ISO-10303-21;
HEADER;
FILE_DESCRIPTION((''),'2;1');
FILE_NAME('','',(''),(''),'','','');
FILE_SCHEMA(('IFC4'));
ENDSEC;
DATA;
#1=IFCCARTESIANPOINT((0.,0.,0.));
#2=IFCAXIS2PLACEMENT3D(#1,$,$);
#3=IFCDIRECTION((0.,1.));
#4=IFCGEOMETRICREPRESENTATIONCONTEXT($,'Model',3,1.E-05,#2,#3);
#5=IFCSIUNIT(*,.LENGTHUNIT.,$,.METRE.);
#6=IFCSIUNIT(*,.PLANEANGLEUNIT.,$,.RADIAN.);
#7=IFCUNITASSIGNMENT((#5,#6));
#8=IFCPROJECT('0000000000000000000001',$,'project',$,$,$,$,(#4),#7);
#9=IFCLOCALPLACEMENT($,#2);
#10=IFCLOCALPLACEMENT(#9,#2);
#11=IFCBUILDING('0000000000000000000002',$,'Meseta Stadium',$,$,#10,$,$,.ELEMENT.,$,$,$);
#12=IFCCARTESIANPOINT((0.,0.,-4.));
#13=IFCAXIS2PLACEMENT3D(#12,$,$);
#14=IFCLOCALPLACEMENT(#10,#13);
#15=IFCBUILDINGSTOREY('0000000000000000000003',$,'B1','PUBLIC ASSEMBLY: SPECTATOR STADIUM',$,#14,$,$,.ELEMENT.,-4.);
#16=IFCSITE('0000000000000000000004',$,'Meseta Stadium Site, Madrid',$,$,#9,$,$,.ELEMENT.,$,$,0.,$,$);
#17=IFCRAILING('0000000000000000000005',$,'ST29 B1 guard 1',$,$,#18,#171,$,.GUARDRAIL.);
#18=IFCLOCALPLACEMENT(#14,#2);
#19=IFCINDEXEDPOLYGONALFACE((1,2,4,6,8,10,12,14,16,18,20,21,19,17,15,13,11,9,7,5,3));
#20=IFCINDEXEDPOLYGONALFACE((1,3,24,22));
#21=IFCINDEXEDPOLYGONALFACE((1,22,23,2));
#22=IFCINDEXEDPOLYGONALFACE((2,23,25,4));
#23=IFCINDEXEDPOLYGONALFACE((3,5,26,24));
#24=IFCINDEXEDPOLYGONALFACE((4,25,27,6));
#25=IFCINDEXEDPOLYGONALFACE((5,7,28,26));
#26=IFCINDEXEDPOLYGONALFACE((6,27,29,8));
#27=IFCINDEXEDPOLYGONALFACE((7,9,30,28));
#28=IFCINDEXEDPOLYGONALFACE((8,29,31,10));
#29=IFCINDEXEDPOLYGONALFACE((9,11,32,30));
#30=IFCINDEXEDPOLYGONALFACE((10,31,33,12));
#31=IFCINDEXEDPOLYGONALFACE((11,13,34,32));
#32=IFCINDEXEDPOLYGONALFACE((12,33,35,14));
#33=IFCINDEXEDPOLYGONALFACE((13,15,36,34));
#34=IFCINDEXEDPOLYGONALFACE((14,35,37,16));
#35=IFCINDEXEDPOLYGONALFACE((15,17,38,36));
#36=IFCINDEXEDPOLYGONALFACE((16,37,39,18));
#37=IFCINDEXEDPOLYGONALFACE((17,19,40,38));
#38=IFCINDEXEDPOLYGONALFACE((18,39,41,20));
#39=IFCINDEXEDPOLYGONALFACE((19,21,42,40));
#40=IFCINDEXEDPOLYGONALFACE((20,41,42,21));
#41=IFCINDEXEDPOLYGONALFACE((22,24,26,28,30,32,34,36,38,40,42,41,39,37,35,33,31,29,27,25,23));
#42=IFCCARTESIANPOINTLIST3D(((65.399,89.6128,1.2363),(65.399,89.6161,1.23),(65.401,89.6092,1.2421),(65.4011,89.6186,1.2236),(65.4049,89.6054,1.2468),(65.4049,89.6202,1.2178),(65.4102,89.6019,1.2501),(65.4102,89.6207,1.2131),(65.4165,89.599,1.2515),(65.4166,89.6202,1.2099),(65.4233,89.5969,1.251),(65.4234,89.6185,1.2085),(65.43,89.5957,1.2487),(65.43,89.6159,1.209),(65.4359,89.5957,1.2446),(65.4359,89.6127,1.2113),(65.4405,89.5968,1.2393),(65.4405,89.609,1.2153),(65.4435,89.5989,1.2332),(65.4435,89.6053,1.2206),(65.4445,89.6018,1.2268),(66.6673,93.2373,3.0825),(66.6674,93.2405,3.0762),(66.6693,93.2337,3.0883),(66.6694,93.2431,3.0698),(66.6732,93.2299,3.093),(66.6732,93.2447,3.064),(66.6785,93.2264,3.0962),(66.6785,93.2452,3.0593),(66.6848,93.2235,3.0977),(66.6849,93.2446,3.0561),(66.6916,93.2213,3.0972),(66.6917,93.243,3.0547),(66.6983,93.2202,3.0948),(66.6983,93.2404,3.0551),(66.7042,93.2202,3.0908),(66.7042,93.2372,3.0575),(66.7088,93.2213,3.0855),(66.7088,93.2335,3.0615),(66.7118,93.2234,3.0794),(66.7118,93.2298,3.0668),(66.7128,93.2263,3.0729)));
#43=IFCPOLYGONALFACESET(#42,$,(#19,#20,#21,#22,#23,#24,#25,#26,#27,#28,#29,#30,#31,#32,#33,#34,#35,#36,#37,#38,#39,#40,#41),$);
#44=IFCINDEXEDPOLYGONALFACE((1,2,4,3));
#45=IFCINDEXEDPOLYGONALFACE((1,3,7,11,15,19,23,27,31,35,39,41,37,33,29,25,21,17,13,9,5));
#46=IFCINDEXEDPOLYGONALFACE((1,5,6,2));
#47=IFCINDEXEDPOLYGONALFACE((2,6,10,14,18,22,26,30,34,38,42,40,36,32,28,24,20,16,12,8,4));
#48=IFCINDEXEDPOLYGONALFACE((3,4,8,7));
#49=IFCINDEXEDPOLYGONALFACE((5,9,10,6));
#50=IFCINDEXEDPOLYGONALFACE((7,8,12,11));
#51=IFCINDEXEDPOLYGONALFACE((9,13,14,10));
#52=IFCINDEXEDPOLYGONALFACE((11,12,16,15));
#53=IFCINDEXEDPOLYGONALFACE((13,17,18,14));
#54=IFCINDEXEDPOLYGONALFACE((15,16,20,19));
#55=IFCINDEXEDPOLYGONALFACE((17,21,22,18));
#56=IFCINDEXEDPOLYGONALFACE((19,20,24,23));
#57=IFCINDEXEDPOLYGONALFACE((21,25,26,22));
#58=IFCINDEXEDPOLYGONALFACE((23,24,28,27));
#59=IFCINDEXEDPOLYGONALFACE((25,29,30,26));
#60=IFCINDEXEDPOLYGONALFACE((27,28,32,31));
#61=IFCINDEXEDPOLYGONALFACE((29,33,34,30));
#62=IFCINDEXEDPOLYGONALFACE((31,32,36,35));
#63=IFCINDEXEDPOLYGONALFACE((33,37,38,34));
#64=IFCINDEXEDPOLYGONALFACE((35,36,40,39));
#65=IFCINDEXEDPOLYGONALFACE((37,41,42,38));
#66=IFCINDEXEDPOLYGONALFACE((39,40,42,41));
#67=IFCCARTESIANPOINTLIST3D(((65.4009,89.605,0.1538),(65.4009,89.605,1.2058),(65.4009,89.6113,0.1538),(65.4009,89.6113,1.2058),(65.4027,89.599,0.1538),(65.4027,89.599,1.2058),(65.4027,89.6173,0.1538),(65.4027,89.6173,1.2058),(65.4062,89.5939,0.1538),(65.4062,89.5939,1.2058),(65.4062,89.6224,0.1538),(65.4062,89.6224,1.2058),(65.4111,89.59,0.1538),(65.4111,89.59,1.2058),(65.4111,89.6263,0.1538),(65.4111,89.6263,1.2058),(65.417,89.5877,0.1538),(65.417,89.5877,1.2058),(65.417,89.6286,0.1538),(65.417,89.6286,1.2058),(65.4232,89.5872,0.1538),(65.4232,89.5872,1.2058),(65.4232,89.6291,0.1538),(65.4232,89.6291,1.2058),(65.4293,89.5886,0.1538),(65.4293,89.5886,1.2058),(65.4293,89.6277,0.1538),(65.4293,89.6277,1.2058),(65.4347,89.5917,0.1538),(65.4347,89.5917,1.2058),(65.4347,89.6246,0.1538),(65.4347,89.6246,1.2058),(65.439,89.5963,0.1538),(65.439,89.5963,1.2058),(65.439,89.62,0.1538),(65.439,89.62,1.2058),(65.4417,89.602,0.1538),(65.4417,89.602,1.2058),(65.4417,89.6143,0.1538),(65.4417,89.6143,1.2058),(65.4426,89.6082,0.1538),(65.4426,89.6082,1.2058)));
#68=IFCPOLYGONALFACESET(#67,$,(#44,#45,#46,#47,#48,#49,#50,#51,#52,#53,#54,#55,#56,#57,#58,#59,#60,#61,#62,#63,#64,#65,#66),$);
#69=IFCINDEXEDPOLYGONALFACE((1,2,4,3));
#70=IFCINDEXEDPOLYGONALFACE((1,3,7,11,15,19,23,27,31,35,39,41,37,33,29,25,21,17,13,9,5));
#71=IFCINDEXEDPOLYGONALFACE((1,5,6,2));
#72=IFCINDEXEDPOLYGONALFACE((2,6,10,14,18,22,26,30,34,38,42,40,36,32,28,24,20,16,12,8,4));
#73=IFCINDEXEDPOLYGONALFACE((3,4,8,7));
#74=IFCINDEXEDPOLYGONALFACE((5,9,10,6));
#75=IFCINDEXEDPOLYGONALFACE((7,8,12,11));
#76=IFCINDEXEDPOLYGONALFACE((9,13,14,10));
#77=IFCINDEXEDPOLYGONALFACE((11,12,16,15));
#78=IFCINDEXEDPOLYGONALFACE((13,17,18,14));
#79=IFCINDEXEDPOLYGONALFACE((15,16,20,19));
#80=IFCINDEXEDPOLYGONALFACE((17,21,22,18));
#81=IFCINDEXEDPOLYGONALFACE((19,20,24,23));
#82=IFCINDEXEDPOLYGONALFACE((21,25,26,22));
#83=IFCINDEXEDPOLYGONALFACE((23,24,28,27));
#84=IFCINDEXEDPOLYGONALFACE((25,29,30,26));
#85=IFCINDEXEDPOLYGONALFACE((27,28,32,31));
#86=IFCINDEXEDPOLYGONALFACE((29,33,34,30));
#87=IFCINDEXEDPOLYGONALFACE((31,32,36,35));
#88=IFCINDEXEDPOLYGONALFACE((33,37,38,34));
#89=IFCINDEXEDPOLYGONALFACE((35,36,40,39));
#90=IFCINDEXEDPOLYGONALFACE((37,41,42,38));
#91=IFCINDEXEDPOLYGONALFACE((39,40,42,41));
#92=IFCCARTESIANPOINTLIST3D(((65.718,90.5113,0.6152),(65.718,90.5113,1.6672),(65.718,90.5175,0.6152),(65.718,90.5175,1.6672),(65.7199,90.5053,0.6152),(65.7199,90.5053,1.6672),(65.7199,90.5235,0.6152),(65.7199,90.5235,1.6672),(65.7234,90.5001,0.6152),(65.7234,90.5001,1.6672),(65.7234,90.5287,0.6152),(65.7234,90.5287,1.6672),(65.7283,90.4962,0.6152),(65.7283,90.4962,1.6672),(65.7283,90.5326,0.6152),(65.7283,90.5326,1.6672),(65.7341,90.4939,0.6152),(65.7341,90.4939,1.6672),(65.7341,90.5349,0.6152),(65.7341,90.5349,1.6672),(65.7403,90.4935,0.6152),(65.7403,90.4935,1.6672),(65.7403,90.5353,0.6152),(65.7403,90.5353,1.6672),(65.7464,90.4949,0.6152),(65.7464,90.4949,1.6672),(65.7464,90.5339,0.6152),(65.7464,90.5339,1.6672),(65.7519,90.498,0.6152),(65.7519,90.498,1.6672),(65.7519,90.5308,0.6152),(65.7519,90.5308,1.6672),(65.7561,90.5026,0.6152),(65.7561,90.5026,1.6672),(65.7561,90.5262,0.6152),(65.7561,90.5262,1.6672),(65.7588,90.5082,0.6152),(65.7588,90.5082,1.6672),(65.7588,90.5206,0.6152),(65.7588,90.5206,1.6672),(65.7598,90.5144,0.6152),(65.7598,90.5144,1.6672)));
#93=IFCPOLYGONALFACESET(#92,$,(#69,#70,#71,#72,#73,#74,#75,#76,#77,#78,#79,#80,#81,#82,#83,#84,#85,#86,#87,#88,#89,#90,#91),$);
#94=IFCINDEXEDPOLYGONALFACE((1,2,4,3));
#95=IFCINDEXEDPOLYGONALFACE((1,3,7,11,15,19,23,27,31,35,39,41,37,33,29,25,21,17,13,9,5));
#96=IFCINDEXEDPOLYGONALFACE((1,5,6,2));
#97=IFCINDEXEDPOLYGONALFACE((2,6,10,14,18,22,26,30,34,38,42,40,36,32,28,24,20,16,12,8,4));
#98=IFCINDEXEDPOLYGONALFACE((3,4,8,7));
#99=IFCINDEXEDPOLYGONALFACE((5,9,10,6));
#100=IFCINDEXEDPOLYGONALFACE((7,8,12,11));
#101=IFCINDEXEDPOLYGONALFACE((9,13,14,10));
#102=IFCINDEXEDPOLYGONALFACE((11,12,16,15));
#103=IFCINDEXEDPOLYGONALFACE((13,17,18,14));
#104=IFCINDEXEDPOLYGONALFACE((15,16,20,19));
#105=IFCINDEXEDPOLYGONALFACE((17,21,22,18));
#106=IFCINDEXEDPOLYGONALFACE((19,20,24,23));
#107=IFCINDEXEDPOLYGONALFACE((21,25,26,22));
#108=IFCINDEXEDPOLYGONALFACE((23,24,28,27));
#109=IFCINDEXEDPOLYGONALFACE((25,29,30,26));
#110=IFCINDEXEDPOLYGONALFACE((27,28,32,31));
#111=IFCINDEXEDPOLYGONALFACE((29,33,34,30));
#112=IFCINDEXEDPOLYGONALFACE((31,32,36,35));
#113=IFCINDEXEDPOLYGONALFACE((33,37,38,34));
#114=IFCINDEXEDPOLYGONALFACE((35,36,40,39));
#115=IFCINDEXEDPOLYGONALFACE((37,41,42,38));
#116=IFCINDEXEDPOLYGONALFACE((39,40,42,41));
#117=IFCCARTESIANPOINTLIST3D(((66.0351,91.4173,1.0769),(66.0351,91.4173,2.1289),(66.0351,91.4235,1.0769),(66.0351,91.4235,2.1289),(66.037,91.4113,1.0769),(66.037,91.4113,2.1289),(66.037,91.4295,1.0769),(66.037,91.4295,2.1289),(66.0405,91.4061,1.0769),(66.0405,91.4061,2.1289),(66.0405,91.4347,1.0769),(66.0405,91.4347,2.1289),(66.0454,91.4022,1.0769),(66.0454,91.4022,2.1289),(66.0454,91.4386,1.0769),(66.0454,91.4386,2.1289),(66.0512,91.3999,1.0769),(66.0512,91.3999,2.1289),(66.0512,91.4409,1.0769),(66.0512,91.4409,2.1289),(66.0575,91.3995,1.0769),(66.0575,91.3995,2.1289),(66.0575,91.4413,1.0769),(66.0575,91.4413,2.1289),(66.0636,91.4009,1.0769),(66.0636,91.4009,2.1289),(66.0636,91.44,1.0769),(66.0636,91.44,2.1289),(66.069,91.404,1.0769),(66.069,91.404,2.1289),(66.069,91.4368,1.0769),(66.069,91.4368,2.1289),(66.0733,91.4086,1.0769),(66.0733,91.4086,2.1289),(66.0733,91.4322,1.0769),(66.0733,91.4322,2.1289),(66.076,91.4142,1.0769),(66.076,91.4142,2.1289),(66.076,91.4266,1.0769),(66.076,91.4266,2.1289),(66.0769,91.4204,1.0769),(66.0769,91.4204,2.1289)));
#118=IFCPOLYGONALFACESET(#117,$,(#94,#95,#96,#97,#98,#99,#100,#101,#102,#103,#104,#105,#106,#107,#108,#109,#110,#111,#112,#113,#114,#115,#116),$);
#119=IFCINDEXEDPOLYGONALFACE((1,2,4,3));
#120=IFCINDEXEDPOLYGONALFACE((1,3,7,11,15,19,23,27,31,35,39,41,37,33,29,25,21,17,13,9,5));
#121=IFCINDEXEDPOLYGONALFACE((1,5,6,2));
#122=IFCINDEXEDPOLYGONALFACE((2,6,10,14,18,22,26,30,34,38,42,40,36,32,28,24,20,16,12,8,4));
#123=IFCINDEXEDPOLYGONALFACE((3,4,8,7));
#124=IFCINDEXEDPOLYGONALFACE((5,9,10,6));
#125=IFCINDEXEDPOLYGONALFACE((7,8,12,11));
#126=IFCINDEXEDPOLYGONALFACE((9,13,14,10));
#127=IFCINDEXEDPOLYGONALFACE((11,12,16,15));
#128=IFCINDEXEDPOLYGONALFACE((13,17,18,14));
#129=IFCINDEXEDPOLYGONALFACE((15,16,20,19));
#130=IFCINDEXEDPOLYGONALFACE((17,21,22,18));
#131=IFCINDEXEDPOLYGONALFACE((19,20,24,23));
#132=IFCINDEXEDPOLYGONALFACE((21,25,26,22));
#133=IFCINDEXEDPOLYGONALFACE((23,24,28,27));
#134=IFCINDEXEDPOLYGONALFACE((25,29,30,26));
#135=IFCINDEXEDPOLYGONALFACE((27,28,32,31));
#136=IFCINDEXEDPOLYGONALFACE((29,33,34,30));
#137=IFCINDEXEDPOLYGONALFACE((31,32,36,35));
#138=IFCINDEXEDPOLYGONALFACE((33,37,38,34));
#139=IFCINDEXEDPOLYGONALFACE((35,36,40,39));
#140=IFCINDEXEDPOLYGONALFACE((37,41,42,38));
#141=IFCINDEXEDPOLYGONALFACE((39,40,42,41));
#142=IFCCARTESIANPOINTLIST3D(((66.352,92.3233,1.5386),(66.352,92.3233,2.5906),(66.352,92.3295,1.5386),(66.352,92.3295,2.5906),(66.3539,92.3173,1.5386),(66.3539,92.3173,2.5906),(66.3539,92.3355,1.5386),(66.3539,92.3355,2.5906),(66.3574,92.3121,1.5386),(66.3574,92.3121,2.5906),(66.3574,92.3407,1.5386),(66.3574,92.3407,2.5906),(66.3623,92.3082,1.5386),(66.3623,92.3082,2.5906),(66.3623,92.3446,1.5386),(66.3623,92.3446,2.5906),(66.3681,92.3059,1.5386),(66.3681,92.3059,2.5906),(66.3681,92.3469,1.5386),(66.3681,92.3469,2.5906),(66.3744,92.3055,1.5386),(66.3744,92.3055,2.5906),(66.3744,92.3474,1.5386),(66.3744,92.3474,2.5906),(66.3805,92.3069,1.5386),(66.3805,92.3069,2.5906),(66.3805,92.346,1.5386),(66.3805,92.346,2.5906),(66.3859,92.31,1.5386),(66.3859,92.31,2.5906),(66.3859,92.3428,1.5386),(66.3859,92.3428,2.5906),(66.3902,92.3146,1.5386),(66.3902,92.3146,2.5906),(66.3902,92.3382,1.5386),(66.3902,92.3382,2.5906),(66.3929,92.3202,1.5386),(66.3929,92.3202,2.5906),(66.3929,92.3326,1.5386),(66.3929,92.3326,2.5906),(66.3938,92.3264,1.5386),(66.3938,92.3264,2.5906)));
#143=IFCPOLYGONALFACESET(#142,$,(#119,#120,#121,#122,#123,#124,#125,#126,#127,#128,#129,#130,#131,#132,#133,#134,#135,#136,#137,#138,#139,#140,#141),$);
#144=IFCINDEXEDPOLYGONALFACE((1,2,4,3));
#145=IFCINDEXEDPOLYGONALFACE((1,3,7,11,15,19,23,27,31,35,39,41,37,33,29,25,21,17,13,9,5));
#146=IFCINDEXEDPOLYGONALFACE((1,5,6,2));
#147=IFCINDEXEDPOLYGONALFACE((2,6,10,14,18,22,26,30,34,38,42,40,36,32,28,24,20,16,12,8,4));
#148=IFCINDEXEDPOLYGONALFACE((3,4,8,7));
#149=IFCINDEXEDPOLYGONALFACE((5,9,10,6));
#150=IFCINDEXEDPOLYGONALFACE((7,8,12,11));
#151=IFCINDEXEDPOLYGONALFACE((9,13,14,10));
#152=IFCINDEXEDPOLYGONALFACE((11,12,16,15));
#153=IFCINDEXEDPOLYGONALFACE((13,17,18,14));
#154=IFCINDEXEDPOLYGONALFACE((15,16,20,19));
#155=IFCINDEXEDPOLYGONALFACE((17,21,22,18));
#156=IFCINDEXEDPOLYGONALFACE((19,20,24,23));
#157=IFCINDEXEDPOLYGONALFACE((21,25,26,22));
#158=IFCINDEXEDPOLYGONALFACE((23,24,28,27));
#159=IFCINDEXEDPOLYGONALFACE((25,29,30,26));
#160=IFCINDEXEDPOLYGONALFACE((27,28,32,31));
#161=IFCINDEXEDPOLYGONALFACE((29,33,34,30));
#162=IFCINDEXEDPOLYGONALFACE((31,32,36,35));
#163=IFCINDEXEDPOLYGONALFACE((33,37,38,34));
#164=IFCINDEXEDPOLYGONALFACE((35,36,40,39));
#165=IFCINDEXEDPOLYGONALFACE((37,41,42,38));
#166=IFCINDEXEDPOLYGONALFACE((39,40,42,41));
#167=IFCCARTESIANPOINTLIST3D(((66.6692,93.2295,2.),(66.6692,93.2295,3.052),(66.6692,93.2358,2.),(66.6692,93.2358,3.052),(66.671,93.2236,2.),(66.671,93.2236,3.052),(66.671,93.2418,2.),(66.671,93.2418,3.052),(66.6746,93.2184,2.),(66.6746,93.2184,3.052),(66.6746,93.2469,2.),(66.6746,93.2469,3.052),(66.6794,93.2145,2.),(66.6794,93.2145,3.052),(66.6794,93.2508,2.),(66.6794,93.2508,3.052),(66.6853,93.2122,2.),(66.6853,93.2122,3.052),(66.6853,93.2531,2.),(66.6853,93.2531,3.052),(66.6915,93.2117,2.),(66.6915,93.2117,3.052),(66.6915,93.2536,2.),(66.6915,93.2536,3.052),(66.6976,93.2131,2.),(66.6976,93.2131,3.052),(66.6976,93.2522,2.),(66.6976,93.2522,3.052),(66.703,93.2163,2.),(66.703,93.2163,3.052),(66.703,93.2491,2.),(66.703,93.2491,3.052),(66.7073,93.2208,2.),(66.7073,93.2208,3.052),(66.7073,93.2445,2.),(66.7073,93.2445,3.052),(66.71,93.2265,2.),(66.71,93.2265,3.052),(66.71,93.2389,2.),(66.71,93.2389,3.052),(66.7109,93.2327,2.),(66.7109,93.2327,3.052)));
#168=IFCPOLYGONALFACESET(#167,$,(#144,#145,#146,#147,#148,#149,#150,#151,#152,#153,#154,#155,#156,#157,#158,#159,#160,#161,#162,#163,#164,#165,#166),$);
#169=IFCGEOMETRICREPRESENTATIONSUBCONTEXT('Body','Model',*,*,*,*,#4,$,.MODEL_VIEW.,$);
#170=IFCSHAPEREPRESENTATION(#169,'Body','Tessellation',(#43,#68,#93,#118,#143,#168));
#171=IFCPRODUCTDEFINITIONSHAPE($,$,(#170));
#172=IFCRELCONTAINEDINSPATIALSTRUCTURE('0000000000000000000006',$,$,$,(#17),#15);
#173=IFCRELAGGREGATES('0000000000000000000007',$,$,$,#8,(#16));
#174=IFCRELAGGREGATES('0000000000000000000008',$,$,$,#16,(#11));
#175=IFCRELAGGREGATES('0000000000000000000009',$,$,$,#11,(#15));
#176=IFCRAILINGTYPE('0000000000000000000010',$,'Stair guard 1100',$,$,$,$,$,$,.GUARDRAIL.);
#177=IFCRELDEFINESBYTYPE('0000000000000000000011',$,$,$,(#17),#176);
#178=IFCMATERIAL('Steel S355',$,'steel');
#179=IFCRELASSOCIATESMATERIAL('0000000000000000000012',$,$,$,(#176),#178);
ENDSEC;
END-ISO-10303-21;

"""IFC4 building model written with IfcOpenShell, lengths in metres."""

from ifc_helpers import new_model, si_unit, direction, frame, origin, origin_2d, place, context, subcontext, project, spatial, circle, extrude, material, type_object, element, save


model = new_model("IFC4")

# Units and contexts
model_context = context("Model", 3, precision=1e-05, world=origin(), true_north=direction((0.0, 1.0)))
body_context = subcontext(model_context, "Body", "Model", "MODEL_VIEW")
ifc_project = project(units=[si_unit("LENGTHUNIT", "METRE"), si_unit("PLANEANGLEUNIT", "RADIAN")], contexts=[model_context])

# Site, building, storey
site_placement = place(None, origin())
site = spatial("IfcSite", under=ifc_project, at=site_placement, Name="Meseta Stadium Site, Madrid", CompositionType="ELEMENT", RefElevation=0.0)
building_placement = place(site_placement, origin())
building = spatial("IfcBuilding", under=site, at=building_placement, Name="Meseta Stadium", CompositionType="ELEMENT")
storey_placement = place(building_placement, frame((0.0, 0.0, -4.0)))
storey = spatial("IfcBuildingStorey", under=building, at=storey_placement, Name="B1", Description="PUBLIC ASSEMBLY: SPECTATOR STADIUM", CompositionType="ELEMENT", Elevation=-4.0)

# Railing
ifc_material_1 = material(Name="Steel S355", Category="steel")
railing_type_1 = type_object("IfcRailingType", Name="Stair guard 1100", PredefinedType="GUARDRAIL", material=ifc_material_1)
railing_1_placement = place(storey_placement, frame((65.4216, 89.6082, 0.1538)))
element("IfcRailing", 1, at=railing_1_placement, inside=storey, type_object=railing_type_1, Name="ST29 B1 guard 1", PredefinedType="GUARDRAIL", context=body_context, shape_type="SweptSolid", body=[
    extrude(circle(Radius=0.0239, at=origin_2d()), frame((0.0, 0.0, 1.0762), z_axis=(0.297672, 0.850672, 0.4333), x_axis=(-0.94388, 0.330288, 0.0)), (0.0, 0.0, 1.0), 4.2607),
    extrude(circle(Radius=0.021, at=origin_2d()), origin(), (0.0, 0.0, 1.0), 1.052),
    extrude(circle(Radius=0.021, at=origin_2d()), frame((0.3171, 0.9062, 0.4614)), (0.0, 0.0, 1.0), 1.052),
    extrude(circle(Radius=0.021, at=origin_2d()), frame((0.6343, 1.8123, 0.9231)), (0.0, 0.0, 1.0), 1.052),
    extrude(circle(Radius=0.021, at=origin_2d()), frame((0.9512, 2.7183, 1.3848)), (0.0, 0.0, 1.0), 1.052),
    extrude(circle(Radius=0.021, at=origin_2d()), frame((1.2683, 3.6245, 1.8462)), (0.0, 0.0, 1.0), 1.052),
])

save(model, "model.ifc")
